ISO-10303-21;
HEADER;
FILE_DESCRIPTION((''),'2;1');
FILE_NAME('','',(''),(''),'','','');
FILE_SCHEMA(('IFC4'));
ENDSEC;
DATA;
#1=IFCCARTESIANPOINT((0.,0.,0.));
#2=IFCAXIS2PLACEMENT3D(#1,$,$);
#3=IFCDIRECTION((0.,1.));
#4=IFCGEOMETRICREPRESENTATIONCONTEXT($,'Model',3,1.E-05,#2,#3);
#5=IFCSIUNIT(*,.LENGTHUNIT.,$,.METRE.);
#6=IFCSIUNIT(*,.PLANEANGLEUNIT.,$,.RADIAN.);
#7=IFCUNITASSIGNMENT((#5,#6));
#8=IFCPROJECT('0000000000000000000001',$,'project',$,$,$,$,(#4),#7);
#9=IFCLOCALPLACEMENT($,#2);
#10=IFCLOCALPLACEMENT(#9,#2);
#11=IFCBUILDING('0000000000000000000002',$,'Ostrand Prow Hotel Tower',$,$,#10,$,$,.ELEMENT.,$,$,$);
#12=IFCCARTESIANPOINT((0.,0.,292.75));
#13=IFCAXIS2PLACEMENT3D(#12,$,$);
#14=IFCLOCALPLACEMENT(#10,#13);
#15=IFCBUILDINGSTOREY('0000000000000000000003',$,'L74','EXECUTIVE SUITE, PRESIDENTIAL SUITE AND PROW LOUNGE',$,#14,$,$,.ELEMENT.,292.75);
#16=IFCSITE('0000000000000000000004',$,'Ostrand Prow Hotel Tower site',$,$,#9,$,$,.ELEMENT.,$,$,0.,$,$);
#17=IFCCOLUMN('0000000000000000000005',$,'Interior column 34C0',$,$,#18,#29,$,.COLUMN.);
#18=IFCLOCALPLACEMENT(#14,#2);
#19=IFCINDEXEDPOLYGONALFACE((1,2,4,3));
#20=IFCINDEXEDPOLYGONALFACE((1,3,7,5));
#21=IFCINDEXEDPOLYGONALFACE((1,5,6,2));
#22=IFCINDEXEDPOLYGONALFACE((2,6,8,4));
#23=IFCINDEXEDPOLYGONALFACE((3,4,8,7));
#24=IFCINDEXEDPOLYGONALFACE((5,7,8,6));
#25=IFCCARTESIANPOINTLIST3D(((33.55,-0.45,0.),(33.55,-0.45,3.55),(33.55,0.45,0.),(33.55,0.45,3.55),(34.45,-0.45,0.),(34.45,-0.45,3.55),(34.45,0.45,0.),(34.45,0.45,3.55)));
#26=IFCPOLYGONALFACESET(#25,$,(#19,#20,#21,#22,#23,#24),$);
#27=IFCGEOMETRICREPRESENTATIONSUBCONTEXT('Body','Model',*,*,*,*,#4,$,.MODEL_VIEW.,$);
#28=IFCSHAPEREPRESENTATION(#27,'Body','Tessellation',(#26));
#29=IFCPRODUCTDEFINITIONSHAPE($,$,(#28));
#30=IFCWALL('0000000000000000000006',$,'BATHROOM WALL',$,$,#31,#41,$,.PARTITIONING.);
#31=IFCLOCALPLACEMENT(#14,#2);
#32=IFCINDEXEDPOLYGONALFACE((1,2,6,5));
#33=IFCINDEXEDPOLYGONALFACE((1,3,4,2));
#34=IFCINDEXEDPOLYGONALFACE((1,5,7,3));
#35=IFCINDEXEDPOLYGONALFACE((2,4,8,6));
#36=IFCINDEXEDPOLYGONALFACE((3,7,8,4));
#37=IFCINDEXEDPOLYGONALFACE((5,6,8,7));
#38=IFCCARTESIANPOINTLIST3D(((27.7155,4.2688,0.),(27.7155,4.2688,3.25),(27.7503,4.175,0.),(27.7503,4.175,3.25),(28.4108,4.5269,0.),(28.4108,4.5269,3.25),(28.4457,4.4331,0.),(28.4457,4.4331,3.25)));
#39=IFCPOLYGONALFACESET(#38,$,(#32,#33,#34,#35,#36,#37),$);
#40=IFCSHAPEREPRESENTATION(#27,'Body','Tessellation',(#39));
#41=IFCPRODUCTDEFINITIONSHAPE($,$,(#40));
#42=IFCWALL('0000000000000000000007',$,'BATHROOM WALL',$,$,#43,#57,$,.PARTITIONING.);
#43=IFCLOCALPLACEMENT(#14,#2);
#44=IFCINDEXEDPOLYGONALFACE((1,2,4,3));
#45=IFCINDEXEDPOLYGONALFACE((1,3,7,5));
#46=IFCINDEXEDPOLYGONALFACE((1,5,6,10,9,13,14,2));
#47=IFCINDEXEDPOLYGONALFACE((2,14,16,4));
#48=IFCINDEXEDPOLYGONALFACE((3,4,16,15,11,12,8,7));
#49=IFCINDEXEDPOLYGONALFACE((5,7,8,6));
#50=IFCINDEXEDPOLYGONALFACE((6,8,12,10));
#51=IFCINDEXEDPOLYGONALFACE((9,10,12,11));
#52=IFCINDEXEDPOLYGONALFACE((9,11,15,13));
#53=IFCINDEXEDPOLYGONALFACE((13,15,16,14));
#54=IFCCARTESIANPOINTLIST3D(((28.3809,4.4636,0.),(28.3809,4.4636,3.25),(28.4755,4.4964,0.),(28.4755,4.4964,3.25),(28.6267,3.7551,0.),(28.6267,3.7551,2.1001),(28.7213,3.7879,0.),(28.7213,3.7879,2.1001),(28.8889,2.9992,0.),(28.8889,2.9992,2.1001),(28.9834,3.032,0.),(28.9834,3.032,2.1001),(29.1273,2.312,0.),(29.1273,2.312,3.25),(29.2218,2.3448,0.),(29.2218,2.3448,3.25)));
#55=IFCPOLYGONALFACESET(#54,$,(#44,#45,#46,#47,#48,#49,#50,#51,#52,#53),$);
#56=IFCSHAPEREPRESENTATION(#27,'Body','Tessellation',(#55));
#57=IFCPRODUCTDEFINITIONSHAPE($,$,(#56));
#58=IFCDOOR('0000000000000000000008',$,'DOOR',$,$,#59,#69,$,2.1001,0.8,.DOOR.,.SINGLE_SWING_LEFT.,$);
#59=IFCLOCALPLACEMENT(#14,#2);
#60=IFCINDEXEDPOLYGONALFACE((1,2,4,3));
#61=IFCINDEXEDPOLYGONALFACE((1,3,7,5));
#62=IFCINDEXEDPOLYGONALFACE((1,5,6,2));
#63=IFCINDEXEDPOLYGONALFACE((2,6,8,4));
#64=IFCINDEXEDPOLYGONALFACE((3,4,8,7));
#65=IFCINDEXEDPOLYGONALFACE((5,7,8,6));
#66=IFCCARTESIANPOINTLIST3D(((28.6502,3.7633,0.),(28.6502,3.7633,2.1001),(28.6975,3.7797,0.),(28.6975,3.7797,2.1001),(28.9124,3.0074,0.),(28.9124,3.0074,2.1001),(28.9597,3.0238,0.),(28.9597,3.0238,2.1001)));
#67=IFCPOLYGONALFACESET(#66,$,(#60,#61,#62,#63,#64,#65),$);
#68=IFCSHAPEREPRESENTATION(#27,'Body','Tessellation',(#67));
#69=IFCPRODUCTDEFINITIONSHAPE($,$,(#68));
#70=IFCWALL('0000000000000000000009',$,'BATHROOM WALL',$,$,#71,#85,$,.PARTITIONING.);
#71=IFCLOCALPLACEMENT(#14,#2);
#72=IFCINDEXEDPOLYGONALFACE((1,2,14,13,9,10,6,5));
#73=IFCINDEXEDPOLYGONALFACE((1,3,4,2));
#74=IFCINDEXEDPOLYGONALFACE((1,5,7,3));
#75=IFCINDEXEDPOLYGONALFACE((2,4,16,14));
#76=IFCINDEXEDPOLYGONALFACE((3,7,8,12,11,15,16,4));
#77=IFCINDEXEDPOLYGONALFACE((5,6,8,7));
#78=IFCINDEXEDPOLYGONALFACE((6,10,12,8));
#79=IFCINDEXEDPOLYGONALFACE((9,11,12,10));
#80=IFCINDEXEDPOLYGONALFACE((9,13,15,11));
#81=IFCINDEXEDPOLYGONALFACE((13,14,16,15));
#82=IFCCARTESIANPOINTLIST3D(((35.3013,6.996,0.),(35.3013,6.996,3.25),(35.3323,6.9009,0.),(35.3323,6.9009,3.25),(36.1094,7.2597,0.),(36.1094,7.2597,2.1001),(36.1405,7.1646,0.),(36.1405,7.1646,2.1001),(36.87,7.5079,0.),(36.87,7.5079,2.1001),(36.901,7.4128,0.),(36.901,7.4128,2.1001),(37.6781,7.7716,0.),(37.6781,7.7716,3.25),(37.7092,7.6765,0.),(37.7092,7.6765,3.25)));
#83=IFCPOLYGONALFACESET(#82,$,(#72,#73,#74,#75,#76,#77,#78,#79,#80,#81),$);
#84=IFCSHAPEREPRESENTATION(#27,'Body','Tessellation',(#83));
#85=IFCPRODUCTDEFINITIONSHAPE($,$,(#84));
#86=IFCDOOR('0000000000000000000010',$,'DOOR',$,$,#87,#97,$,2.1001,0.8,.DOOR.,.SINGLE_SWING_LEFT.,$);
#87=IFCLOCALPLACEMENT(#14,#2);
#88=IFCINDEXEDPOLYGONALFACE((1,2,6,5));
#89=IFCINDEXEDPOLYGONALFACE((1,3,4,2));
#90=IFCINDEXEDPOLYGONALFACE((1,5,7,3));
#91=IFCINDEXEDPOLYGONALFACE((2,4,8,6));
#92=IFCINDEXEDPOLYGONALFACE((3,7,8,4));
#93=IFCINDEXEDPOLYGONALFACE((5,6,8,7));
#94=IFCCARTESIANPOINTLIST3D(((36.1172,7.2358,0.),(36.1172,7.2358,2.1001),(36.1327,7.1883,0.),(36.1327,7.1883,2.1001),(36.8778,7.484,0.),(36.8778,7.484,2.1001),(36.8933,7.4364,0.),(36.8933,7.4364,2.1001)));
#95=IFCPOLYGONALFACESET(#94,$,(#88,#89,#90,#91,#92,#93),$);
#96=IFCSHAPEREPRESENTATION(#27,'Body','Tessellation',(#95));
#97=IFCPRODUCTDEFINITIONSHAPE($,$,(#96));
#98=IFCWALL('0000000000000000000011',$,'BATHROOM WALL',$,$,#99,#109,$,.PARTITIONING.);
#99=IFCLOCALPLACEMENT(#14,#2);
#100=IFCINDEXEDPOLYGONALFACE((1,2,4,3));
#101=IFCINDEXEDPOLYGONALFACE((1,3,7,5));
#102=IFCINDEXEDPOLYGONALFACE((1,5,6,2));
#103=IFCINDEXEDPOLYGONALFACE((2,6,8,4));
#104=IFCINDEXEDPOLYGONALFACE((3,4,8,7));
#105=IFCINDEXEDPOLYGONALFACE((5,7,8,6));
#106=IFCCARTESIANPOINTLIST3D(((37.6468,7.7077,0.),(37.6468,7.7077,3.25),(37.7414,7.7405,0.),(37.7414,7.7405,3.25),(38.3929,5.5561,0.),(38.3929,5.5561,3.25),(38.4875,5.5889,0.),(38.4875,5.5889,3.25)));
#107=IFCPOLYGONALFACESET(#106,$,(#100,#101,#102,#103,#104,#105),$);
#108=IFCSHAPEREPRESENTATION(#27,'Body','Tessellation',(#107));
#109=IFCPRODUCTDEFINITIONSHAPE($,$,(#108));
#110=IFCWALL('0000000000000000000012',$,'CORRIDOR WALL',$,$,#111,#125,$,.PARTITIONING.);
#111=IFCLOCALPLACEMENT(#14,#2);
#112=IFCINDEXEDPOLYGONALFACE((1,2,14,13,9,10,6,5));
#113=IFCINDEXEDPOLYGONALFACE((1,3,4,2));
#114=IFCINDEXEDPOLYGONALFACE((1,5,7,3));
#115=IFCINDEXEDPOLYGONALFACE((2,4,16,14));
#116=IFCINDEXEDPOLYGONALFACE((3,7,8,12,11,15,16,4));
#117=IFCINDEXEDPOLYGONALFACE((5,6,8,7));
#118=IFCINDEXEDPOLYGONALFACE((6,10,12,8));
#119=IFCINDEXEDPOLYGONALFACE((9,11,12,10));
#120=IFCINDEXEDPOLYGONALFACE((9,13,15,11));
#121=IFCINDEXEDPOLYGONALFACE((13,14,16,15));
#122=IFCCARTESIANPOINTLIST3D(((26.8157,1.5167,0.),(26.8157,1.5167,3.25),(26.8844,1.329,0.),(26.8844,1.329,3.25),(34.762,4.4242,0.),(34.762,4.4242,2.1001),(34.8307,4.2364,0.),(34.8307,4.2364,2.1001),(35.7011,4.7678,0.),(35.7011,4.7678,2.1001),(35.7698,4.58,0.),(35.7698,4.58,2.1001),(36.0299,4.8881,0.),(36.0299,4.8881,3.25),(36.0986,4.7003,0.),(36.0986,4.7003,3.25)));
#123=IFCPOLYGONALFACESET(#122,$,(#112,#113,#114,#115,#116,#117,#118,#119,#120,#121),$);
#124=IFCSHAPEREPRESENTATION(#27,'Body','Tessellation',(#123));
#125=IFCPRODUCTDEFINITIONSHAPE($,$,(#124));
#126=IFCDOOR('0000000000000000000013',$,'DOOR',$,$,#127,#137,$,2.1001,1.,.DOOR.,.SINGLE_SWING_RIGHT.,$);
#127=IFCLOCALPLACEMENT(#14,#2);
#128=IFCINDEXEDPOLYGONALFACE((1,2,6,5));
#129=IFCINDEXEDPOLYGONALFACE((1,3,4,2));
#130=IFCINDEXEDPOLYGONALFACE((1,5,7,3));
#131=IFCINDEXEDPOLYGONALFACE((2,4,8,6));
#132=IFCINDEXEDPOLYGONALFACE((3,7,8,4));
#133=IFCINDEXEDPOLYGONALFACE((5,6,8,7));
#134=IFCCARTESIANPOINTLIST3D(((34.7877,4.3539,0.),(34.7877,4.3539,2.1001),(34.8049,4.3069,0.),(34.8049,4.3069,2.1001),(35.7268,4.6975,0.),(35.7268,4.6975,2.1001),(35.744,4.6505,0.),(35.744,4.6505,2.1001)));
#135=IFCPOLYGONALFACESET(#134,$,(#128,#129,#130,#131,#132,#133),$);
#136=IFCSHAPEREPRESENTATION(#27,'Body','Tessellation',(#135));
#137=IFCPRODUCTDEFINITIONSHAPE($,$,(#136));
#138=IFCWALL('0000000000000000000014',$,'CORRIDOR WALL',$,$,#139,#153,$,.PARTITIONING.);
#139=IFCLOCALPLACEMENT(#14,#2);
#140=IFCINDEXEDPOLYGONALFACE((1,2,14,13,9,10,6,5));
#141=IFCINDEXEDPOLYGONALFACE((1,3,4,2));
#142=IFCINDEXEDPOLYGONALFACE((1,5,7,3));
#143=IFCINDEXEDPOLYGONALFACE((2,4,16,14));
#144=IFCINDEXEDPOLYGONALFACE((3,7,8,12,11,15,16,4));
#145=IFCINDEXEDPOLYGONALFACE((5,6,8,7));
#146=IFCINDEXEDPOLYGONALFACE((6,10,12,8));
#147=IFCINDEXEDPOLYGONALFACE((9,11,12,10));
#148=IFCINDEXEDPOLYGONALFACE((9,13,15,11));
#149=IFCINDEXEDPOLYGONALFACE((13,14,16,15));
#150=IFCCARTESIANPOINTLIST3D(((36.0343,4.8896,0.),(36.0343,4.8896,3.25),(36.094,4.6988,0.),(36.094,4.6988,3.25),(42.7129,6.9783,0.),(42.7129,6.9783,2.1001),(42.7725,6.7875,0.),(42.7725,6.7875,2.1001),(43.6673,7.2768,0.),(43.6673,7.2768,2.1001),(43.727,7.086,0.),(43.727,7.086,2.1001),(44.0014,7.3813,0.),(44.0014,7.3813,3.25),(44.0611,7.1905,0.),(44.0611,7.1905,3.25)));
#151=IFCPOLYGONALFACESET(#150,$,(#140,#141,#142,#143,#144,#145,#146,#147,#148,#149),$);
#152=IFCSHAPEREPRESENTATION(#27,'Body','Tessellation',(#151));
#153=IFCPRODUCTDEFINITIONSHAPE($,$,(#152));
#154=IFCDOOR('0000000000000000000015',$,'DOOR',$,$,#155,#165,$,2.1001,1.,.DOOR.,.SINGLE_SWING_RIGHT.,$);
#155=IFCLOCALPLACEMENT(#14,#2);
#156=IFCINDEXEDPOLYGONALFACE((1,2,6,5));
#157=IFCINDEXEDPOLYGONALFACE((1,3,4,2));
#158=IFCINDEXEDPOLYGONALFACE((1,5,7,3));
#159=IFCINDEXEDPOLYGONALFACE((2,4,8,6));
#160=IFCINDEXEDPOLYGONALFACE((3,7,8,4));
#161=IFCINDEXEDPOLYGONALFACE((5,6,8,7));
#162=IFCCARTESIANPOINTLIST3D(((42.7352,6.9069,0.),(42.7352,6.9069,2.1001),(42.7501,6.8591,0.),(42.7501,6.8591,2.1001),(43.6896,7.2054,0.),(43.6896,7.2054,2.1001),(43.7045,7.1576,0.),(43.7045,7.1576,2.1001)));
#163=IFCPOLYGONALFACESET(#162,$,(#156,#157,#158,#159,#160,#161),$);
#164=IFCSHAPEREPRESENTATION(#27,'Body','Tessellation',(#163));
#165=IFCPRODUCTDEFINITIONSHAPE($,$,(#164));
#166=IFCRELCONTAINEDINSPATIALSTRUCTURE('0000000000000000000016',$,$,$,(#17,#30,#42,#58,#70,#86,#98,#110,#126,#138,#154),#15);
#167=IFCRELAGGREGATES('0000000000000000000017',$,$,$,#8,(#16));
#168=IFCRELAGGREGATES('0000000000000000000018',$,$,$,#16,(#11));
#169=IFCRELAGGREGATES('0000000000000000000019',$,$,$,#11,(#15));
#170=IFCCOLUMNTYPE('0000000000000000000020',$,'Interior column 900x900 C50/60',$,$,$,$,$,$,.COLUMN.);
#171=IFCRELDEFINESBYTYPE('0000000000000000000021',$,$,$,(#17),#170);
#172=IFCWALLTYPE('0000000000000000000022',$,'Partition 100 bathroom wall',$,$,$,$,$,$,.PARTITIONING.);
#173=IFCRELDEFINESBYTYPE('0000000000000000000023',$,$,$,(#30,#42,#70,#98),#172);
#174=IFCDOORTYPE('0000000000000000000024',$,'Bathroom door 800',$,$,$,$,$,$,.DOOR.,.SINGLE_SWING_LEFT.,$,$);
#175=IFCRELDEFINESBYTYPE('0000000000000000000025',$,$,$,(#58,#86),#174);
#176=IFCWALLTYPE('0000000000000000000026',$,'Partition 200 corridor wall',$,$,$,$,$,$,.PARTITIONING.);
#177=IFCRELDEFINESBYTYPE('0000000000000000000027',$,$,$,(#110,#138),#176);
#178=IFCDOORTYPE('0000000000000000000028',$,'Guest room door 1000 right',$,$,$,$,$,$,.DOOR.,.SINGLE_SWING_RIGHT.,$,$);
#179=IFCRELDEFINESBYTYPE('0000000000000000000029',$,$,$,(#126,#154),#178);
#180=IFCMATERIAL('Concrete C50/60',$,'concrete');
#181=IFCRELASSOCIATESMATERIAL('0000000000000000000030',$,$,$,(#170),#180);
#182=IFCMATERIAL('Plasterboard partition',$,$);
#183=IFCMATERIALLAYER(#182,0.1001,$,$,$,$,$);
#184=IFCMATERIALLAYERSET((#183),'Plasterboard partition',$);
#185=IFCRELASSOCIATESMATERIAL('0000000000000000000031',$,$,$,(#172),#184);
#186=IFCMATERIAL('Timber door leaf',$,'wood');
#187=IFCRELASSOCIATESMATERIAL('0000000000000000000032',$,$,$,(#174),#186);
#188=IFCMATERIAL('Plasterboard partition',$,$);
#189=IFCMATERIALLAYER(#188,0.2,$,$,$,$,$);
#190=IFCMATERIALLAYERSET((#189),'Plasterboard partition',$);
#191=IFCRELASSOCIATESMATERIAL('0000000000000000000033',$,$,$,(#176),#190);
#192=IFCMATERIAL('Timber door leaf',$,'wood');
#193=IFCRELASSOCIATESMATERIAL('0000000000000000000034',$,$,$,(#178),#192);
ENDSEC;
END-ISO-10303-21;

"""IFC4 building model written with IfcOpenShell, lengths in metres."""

from ifc_helpers import new_model, si_unit, direction, frame, frame_2d, origin, origin_2d, place, context, subcontext, project, spatial, rectangle, extrude, material, layer, layer_set, material_profile, profile_set, type_object, element, fill, save


model = new_model("IFC4")

# Units and contexts
model_context = context("Model", 3, precision=1e-05, world=origin(), true_north=direction((0.0, 1.0)))
body_context = subcontext(model_context, "Body", "Model", "MODEL_VIEW")
ifc_project = project(units=[si_unit("LENGTHUNIT", "METRE"), si_unit("PLANEANGLEUNIT", "RADIAN")], contexts=[model_context])

# Site, building, storey
site_placement = place(None, origin())
site = spatial("IfcSite", under=ifc_project, at=site_placement, Name="Ostrand Prow Hotel Tower site", CompositionType="ELEMENT", RefElevation=0.0)
building_placement = place(site_placement, origin())
building = spatial("IfcBuilding", under=site, at=building_placement, Name="Ostrand Prow Hotel Tower", CompositionType="ELEMENT")
storey_placement = place(building_placement, frame((0.0, 0.0, 292.75)))
storey = spatial("IfcBuildingStorey", under=building, at=storey_placement, Name="L74", Description="EXECUTIVE SUITE, PRESIDENTIAL SUITE AND PROW LOUNGE", CompositionType="ELEMENT", Elevation=292.75)

# Column
ifc_material_1 = material(Name="Concrete C50/60", Category="concrete")
ifc_material_profile = material_profile(ifc_material_1, rectangle(XDim=0.8999, YDim=0.8999, at=origin_2d()), Name="RC 900x900")
ifc_profile_set = profile_set([ifc_material_profile], Name="Concrete C50/60")
column_type = type_object("IfcColumnType", Name="Interior column 900x900 C50/60", PredefinedType="COLUMN", material=ifc_profile_set)
column_placement = place(storey_placement, frame((34.0, 0.0, 0.0), z_axis=(0.0, 0.0, 1.0), x_axis=(1.0, 0.0, 0.0)))
element("IfcColumn", 1, at=column_placement, inside=storey, type_object=column_type, Name="Interior column 34C0", PredefinedType="COLUMN", context=body_context, shape_type="SweptSolid", body=[
    extrude(rectangle(XDim=0.8999, YDim=0.8999, at=origin_2d()), origin(), (0.0, 0.0, 1.0), 3.55),
])

# Wall
ifc_material_2 = material(Name="Plasterboard partition")
ifc_layer_1 = layer(ifc_material_2, 0.1001)
ifc_layer_set_1 = layer_set([ifc_layer_1], Name="Plasterboard partition")
wall_type_1 = type_object("IfcWallType", Name="Partition 100 bathroom wall", PredefinedType="PARTITIONING", material=ifc_layer_set_1)
wall_1_placement = place(storey_placement, frame((27.7329, 4.2219, 0.0), z_axis=(0.0, 0.0, 1.0), x_axis=(0.937514, 0.347947, 0.0)))
element("IfcWall", 2, at=wall_1_placement, inside=storey, type_object=wall_type_1, Name="BATHROOM WALL", PredefinedType="PARTITIONING", context=body_context, shape_type="SweptSolid", body=[
    extrude(rectangle(XDim=0.7417, YDim=0.1001, at=frame_2d((0.3708, 0.0))), origin(), (0.0, 0.0, 1.0), 3.25),
])

# Walls, openings, doors
wall_2_placement = place(storey_placement, frame((28.4282, 4.48, 0.0), z_axis=(0.0, 0.0, 1.0), x_axis=(0.327718, -0.944776, 0.0)))
wall_2 = element("IfcWall", 3, at=wall_2_placement, inside=storey, type_object=wall_type_1, Name="BATHROOM WALL", PredefinedType="PARTITIONING", context=body_context, shape_type="SweptSolid", body=[
    extrude(rectangle(XDim=2.2773, YDim=0.1001, at=frame_2d((1.1387, 0.0))), origin(), (0.0, 0.0, 1.0), 3.25),
])
opening_1_placement = place(wall_2_placement, frame((0.75, 0.0, 0.0)))
opening_1 = element("IfcOpeningElement", 4, at=opening_1_placement, cuts=wall_2, PredefinedType="OPENING", context=body_context, shape_type="SweptSolid", body=[
    extrude(rectangle(XDim=0.8, YDim=2.1001, at=frame_2d((0.3999, 1.05))), frame((0.0, 0.0601, 0.0), z_axis=(0.0, -1.0, 0.0), x_axis=(1.0, 0.0, 0.0)), (0.0, 0.0, 1.0), 0.1201),
])
ifc_material_3 = material(Name="Timber door leaf", Category="wood")
door_type_1 = type_object("IfcDoorType", Name="Bathroom door 800", OperationType="SINGLE_SWING_LEFT", PredefinedType="DOOR", material=ifc_material_3)
door_1_placement = place(opening_1_placement, origin())
door_1 = element("IfcDoor", 5, at=door_1_placement, inside=storey, type_object=door_type_1, Name="DOOR", OperationType="SINGLE_SWING_LEFT", OverallHeight=2.1001, OverallWidth=0.8, PredefinedType="DOOR", context=body_context, shape_type="SweptSolid", body=[
    extrude(rectangle(XDim=0.8, YDim=2.1001, at=frame_2d((0.3999, 1.05))), frame((0.0, 0.0249, 0.0), z_axis=(0.0, -1.0, 0.0), x_axis=(1.0, 0.0, 0.0)), (0.0, 0.0, 1.0), 0.05),
])
fill(opening_1, door_1)
wall_3_placement = place(storey_placement, frame((35.3169, 6.9485, 0.0), z_axis=(0.0, 0.0, 1.0), x_axis=(0.950666, 0.310216, 0.0)))
wall_3 = element("IfcWall", 6, at=wall_3_placement, inside=storey, type_object=wall_type_1, Name="BATHROOM WALL", PredefinedType="PARTITIONING", context=body_context, shape_type="SweptSolid", body=[
    extrude(rectangle(XDim=2.5002, YDim=0.1001, at=frame_2d((1.25, 0.0))), origin(), (0.0, 0.0, 1.0), 3.25),
])
opening_2_placement = place(wall_3_placement, frame((0.8501, 0.0, 0.0)))
opening_2 = element("IfcOpeningElement", 7, at=opening_2_placement, cuts=wall_3, PredefinedType="OPENING", context=body_context, shape_type="SweptSolid", body=[
    extrude(rectangle(XDim=0.8, YDim=2.1001, at=frame_2d((0.3999, 1.05))), frame((0.0, 0.0601, 0.0), z_axis=(0.0, -1.0, 0.0), x_axis=(1.0, 0.0, 0.0)), (0.0, 0.0, 1.0), 0.1201),
])
door_2_placement = place(opening_2_placement, origin())
door_2 = element("IfcDoor", 8, at=door_2_placement, inside=storey, type_object=door_type_1, Name="DOOR", OperationType="SINGLE_SWING_LEFT", OverallHeight=2.1001, OverallWidth=0.8, PredefinedType="DOOR", context=body_context, shape_type="SweptSolid", body=[
    extrude(rectangle(XDim=0.8, YDim=2.1001, at=frame_2d((0.3999, 1.05))), frame((0.0, 0.0249, 0.0), z_axis=(0.0, -1.0, 0.0), x_axis=(1.0, 0.0, 0.0)), (0.0, 0.0, 1.0), 0.05),
])
fill(opening_2, door_2)

# Wall
wall_4_placement = place(storey_placement, frame((37.6941, 7.7241, 0.0), z_axis=(0.0, 0.0, 1.0), x_axis=(0.327622, -0.944809, 0.0)))
element("IfcWall", 9, at=wall_4_placement, inside=storey, type_object=wall_type_1, Name="BATHROOM WALL", PredefinedType="PARTITIONING", context=body_context, shape_type="SweptSolid", body=[
    extrude(rectangle(XDim=2.2773, YDim=0.1001, at=frame_2d((1.1387, 0.0))), origin(), (0.0, 0.0, 1.0), 3.25),
])

# Walls, openings, doors
ifc_material_4 = material(Name="Plasterboard partition")
ifc_layer_2 = layer(ifc_material_4, 0.2)
ifc_layer_set_2 = layer_set([ifc_layer_2], Name="Plasterboard partition")
wall_type_2 = type_object("IfcWallType", Name="Partition 200 corridor wall", PredefinedType="PARTITIONING", material=ifc_layer_set_2)
wall_5_placement = place(storey_placement, frame((36.0642, 4.7942, 0.0), z_axis=(0.0, 0.0, 1.0), x_axis=(-0.939112, -0.34361, 0.0)))
wall_5 = element("IfcWall", 10, at=wall_5_placement, inside=storey, type_object=wall_type_2, Name="CORRIDOR WALL", PredefinedType="PARTITIONING", context=body_context, shape_type="SweptSolid", body=[
    extrude(rectangle(XDim=9.8115, YDim=0.2, at=frame_2d((4.9058, 0.0))), origin(), (0.0, 0.0, 1.0), 3.25),
])
opening_3_placement = place(wall_5_placement, frame((0.3501, 0.0, 0.0)))
opening_3 = element("IfcOpeningElement", 11, at=opening_3_placement, cuts=wall_5, PredefinedType="OPENING", context=body_context, shape_type="SweptSolid", body=[
    extrude(rectangle(XDim=1.0, YDim=2.1001, at=frame_2d((0.5, 1.05))), frame((0.0, 0.1099, 0.0), z_axis=(0.0, -1.0, 0.0), x_axis=(1.0, 0.0, 0.0)), (0.0, 0.0, 1.0), 0.22),
])
ifc_material_5 = material(Name="Timber door leaf", Category="wood")
door_type_2 = type_object("IfcDoorType", Name="Guest room door 1000 right", OperationType="SINGLE_SWING_RIGHT", PredefinedType="DOOR", material=ifc_material_5)
door_3_placement = place(opening_3_placement, origin())
door_3 = element("IfcDoor", 12, at=door_3_placement, inside=storey, type_object=door_type_2, Name="DOOR", OperationType="SINGLE_SWING_RIGHT", OverallHeight=2.1001, OverallWidth=1.0, PredefinedType="DOOR", context=body_context, shape_type="SweptSolid", body=[
    extrude(rectangle(XDim=1.0, YDim=2.1001, at=frame_2d((0.5, 1.05))), frame((0.0, 0.0249, 0.0), z_axis=(0.0, -1.0, 0.0), x_axis=(1.0, 0.0, 0.0)), (0.0, 0.0, 1.0), 0.05),
])
fill(opening_3, door_3)
wall_6_placement = place(storey_placement, frame((44.0312, 7.2859, 0.0), z_axis=(0.0, 0.0, 1.0), x_axis=(-0.954412, -0.298493, 0.0)))
wall_6 = element("IfcWall", 13, at=wall_6_placement, inside=storey, type_object=wall_type_2, Name="CORRIDOR WALL", PredefinedType="PARTITIONING", context=body_context, shape_type="SweptSolid", body=[
    extrude(rectangle(XDim=8.3477, YDim=0.2, at=frame_2d((4.1738, 0.0))), origin(), (0.0, 0.0, 1.0), 3.25),
])
opening_4_placement = place(wall_6_placement, frame((0.3501, 0.0, 0.0)))
opening_4 = element("IfcOpeningElement", 14, at=opening_4_placement, cuts=wall_6, PredefinedType="OPENING", context=body_context, shape_type="SweptSolid", body=[
    extrude(rectangle(XDim=1.0, YDim=2.1001, at=frame_2d((0.5, 1.05))), frame((0.0, 0.1099, 0.0), z_axis=(0.0, -1.0, 0.0), x_axis=(1.0, 0.0, 0.0)), (0.0, 0.0, 1.0), 0.22),
])
door_4_placement = place(opening_4_placement, origin())
door_4 = element("IfcDoor", 15, at=door_4_placement, inside=storey, type_object=door_type_2, Name="DOOR", OperationType="SINGLE_SWING_RIGHT", OverallHeight=2.1001, OverallWidth=1.0, PredefinedType="DOOR", context=body_context, shape_type="SweptSolid", body=[
    extrude(rectangle(XDim=1.0, YDim=2.1001, at=frame_2d((0.5, 1.05))), frame((0.0, 0.0249, 0.0), z_axis=(0.0, -1.0, 0.0), x_axis=(1.0, 0.0, 0.0)), (0.0, 0.0, 1.0), 0.05),
])
fill(opening_4, door_4)

save(model, "model.ifc")
